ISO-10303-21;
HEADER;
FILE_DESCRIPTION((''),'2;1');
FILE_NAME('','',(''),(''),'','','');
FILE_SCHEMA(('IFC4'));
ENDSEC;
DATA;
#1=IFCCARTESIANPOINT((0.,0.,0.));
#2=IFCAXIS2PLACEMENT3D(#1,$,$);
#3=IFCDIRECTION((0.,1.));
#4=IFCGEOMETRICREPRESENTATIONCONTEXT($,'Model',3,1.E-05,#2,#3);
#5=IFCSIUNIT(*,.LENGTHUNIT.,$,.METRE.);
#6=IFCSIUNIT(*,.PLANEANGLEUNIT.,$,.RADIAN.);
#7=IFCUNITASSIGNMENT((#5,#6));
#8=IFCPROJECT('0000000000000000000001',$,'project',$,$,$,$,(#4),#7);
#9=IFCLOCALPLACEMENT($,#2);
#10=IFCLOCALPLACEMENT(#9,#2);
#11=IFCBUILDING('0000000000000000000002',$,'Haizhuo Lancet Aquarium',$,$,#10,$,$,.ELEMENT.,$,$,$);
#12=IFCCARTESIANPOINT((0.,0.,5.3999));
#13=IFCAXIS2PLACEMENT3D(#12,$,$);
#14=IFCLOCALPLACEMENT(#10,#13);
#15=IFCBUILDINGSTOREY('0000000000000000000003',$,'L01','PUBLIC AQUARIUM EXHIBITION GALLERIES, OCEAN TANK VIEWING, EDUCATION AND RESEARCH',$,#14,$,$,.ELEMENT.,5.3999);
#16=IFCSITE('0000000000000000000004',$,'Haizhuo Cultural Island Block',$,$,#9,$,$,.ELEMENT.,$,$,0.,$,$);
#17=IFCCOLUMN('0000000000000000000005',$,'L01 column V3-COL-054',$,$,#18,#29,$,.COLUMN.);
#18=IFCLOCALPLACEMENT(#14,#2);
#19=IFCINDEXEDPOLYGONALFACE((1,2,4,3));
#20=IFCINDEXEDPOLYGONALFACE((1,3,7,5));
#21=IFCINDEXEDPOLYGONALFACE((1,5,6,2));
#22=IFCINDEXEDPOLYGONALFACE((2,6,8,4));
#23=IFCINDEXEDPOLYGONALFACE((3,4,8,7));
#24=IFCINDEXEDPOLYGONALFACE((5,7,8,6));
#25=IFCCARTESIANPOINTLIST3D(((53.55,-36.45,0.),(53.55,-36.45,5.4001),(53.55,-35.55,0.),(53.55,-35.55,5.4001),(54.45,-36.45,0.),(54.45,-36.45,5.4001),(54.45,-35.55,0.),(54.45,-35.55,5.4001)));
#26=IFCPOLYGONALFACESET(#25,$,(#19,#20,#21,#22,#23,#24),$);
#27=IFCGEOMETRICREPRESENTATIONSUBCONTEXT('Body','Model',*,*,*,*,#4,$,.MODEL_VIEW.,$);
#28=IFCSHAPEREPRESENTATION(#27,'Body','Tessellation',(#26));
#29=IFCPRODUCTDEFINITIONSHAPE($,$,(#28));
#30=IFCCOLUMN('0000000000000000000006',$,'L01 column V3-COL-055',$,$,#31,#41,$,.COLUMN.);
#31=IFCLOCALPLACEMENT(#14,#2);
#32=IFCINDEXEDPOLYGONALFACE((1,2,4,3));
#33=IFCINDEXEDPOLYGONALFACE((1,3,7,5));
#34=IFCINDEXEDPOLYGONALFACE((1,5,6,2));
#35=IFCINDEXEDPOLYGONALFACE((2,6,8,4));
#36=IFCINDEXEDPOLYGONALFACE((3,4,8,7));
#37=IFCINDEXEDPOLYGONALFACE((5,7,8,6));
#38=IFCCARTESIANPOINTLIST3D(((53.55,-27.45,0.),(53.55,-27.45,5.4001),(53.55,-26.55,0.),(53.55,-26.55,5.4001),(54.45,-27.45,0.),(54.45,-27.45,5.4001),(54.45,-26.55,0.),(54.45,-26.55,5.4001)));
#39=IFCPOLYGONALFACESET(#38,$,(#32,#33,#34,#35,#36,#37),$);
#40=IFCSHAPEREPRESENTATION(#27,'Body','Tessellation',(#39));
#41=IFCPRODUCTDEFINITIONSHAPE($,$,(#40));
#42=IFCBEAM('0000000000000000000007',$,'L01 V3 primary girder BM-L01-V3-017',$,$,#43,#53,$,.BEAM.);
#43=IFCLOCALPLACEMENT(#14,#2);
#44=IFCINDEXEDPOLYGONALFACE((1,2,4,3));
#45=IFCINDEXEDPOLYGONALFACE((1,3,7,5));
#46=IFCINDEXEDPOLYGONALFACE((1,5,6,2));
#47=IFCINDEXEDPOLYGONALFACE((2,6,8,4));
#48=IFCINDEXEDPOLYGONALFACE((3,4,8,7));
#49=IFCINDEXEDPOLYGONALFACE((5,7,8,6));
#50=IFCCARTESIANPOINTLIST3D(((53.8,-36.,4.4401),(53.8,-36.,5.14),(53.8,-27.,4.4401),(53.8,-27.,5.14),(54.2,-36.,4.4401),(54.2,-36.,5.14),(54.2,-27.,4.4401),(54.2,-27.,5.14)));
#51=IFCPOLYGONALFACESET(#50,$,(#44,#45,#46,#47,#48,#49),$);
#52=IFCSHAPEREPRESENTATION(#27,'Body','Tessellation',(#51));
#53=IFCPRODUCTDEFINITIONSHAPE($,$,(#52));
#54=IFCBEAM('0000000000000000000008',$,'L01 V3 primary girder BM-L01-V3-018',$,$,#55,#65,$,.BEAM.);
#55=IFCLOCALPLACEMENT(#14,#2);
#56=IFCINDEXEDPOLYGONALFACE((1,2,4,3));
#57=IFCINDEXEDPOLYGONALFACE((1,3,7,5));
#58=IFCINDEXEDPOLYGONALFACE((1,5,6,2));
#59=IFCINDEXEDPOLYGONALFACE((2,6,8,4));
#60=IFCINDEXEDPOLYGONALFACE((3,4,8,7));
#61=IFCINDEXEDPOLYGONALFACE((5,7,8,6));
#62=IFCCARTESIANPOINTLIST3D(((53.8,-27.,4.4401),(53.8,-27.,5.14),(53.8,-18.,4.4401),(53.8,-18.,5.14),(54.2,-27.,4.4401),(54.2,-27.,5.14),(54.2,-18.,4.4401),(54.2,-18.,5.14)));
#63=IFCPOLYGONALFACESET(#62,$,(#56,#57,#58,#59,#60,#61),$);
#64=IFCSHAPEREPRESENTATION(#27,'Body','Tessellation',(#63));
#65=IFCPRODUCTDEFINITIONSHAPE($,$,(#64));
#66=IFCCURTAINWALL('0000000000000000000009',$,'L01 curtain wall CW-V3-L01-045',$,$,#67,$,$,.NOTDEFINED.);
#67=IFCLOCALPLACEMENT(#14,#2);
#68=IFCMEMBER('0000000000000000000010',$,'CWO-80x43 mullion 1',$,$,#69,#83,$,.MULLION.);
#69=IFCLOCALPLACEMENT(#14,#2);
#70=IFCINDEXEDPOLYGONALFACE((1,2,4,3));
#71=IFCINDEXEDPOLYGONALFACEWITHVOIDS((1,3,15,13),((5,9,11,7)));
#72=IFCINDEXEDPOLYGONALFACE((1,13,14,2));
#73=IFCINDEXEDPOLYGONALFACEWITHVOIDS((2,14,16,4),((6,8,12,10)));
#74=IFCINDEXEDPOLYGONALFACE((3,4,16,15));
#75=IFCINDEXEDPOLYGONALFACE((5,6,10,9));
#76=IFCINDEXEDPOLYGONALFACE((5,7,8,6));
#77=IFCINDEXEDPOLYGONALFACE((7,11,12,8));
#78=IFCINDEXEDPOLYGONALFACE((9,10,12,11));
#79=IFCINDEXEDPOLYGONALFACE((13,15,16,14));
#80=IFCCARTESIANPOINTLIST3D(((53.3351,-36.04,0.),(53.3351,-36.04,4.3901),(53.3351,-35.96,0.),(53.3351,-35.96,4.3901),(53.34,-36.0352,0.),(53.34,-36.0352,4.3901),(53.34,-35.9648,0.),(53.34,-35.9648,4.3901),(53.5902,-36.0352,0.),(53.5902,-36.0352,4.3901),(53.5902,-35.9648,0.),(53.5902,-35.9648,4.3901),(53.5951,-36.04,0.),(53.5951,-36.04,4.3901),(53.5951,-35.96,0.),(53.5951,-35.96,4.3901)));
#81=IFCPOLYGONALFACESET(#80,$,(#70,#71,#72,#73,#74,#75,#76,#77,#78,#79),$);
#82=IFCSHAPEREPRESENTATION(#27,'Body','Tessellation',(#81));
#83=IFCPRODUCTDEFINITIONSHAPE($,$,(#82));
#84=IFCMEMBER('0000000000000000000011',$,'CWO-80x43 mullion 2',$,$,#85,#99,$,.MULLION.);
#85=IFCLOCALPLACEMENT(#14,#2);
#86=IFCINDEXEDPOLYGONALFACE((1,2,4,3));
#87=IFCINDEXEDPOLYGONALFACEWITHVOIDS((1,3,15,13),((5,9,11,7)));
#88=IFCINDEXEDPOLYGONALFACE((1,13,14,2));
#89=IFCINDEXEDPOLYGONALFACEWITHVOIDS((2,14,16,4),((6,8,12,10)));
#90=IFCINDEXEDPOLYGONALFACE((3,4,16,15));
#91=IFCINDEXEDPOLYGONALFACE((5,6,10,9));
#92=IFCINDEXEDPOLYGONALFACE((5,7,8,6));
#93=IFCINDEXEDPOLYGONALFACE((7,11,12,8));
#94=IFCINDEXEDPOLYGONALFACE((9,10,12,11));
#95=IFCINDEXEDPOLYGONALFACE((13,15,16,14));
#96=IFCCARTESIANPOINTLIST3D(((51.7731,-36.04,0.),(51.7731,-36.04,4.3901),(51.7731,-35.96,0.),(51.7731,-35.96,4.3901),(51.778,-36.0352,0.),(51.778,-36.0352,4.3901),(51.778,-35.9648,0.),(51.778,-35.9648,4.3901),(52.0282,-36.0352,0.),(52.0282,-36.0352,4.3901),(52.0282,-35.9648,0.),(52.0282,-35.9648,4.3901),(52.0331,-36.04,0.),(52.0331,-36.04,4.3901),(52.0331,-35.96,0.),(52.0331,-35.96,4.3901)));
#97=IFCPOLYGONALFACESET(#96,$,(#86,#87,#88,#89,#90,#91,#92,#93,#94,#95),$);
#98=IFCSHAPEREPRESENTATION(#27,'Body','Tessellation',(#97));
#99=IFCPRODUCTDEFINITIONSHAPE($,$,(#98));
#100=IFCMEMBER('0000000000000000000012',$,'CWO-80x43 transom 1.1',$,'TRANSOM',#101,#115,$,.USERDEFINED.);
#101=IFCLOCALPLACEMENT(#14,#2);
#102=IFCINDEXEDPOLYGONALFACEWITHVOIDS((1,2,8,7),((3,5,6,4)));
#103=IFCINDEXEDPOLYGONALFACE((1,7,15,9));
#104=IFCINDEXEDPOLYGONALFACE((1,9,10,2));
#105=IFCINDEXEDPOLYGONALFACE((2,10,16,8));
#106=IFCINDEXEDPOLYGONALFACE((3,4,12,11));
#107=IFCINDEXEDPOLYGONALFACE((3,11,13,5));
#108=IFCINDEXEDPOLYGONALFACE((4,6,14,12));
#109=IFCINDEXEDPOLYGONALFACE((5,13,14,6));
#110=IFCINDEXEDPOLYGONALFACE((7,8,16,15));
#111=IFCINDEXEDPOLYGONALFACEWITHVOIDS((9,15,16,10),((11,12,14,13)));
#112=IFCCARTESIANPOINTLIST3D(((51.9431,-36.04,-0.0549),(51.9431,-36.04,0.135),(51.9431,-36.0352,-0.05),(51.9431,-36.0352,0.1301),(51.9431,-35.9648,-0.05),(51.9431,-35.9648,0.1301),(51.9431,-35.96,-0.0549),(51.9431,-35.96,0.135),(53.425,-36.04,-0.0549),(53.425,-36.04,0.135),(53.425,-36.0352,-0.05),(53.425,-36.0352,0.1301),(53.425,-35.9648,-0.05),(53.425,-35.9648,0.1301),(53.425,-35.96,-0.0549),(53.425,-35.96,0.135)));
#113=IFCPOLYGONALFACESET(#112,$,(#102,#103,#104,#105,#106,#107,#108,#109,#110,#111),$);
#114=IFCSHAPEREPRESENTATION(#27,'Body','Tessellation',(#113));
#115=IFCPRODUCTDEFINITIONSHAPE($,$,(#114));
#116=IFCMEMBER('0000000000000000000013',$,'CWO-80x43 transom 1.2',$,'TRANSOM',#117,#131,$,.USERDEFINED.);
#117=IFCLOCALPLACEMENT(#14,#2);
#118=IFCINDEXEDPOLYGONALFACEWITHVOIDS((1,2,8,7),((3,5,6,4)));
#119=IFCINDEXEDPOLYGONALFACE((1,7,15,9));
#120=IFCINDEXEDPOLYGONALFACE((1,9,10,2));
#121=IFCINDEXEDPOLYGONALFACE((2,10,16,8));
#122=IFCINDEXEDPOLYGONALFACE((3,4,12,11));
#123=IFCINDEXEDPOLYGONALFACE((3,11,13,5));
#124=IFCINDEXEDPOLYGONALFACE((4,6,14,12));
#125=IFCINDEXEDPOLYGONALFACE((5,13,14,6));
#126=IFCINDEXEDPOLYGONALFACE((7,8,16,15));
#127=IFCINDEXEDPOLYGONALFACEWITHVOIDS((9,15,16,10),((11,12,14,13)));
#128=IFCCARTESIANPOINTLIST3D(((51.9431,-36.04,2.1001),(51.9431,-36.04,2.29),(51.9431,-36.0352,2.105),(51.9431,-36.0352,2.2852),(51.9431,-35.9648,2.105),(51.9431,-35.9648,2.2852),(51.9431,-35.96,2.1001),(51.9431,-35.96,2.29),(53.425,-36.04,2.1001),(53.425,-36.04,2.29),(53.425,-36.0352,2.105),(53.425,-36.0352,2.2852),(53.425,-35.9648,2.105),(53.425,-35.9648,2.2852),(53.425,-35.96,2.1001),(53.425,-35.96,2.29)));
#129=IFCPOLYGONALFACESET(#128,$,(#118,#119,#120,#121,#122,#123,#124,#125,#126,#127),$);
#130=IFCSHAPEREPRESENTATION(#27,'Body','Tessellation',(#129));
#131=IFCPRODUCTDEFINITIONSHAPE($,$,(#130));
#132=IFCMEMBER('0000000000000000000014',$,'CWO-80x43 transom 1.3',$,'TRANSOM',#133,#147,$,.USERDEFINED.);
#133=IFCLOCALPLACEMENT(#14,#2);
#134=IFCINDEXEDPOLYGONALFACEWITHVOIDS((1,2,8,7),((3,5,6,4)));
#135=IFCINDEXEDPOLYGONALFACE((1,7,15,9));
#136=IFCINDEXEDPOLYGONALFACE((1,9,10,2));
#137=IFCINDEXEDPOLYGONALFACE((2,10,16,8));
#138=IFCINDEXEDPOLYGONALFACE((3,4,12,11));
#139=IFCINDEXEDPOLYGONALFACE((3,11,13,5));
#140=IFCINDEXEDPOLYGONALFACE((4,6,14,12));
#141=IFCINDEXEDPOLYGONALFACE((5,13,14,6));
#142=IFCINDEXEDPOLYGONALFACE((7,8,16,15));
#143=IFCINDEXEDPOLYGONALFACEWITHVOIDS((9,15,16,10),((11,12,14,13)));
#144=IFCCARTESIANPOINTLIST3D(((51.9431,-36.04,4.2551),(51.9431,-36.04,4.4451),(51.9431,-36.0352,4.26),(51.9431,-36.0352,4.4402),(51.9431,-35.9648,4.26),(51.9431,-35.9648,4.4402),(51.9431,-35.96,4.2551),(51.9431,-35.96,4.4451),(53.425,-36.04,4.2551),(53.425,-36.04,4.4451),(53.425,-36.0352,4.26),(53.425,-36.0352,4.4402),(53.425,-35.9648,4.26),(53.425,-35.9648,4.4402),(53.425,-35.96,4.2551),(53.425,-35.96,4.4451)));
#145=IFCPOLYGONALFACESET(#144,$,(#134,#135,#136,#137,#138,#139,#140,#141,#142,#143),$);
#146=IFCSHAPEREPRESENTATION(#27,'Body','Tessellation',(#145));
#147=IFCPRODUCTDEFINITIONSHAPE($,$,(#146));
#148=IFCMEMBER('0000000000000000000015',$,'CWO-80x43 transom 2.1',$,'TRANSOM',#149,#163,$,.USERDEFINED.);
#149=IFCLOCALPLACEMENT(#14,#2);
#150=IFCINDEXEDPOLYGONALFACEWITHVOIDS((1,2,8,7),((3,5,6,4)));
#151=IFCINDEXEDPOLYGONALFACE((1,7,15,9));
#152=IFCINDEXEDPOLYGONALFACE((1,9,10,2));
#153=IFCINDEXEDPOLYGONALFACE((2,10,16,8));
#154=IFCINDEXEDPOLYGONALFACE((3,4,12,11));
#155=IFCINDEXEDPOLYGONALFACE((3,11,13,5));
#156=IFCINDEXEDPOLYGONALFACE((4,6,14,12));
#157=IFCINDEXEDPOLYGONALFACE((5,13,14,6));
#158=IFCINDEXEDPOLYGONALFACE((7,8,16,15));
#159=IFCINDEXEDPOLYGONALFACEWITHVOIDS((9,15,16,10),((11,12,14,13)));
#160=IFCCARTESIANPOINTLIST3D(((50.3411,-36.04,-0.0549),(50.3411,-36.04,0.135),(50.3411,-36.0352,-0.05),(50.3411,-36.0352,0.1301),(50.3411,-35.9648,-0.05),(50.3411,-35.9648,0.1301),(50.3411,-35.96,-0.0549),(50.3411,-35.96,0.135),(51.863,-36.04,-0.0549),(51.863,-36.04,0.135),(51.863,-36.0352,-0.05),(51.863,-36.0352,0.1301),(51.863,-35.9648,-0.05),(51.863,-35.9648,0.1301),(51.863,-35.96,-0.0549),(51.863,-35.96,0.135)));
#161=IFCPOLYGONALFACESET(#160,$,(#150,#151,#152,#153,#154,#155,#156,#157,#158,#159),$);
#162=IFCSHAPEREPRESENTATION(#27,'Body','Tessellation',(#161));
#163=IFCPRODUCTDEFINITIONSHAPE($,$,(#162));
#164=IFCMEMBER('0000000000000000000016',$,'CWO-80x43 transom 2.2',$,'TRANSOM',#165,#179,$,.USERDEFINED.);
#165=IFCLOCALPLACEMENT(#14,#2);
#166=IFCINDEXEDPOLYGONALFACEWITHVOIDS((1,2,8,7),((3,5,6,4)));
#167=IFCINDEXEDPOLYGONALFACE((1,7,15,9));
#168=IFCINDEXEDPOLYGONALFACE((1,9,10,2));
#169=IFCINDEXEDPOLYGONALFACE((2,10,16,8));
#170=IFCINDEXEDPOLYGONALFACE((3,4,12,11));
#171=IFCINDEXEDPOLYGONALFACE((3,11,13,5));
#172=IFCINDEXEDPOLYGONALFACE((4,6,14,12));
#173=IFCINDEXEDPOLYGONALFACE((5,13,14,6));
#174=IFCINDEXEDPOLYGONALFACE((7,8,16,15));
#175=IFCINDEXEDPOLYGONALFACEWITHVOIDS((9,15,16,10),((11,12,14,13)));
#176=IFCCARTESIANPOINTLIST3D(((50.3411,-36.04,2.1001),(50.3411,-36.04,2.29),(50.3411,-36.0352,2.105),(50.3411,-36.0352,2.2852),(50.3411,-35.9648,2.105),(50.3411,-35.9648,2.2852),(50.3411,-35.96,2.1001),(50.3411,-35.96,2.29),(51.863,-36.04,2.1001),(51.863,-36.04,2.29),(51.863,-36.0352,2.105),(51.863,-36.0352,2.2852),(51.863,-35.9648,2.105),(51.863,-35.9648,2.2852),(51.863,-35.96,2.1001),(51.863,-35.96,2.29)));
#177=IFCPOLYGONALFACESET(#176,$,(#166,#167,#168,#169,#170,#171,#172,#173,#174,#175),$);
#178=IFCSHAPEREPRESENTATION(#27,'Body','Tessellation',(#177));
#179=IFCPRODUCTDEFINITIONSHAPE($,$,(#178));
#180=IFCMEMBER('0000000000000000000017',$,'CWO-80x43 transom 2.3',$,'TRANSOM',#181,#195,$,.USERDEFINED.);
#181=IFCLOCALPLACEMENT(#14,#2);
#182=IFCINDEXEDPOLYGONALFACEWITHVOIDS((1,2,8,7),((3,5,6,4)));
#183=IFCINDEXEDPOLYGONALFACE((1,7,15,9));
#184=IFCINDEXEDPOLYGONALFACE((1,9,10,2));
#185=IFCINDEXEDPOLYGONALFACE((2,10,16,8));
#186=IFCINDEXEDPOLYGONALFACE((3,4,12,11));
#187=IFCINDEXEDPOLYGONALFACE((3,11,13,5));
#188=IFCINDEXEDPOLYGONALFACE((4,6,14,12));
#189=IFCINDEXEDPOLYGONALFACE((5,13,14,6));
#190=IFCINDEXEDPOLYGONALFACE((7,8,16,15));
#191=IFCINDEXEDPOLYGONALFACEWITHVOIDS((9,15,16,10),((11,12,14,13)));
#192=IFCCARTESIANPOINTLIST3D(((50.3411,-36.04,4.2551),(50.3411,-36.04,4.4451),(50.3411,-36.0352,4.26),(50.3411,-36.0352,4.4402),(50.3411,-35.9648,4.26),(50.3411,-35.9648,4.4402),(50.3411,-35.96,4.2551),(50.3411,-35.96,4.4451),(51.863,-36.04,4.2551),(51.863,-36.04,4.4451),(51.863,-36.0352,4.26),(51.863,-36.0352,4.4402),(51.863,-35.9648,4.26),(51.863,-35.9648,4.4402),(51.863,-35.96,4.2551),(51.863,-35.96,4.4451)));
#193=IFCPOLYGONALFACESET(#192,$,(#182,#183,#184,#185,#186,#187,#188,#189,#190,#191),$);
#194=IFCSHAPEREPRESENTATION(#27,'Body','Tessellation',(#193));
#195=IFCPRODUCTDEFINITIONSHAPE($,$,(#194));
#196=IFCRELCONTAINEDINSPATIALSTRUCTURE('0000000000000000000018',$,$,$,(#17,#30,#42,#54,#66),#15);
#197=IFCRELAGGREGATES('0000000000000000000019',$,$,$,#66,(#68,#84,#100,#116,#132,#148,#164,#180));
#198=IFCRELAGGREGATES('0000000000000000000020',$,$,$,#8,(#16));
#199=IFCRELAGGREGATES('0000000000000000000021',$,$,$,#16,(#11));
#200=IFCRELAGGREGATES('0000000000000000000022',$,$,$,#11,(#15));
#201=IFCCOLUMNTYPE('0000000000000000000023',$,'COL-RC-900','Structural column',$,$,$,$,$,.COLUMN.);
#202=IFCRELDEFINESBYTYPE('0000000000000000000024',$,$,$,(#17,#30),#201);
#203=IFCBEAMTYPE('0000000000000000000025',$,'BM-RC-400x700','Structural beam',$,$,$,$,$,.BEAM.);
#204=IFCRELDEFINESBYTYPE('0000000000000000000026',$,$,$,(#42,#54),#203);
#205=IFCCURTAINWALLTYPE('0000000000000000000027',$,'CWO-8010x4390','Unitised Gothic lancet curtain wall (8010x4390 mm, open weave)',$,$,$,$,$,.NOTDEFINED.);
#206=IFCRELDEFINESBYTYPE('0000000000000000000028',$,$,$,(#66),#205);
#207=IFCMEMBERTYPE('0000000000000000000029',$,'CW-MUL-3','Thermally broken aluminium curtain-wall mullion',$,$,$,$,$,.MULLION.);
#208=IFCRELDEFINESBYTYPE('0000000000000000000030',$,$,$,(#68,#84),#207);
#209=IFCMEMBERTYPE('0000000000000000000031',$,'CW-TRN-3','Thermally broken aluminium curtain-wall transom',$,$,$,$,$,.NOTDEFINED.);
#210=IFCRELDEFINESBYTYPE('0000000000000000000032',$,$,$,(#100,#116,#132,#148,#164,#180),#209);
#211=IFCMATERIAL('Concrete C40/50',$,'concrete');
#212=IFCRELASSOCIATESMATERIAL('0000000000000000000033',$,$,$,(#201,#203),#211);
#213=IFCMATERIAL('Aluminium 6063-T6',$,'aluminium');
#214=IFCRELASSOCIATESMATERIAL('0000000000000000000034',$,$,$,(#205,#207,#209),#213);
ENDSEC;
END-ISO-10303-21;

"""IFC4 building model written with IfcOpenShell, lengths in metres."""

from ifc_helpers import new_model, si_unit, direction, frame, origin, origin_2d, place, context, subcontext, project, spatial, rectangle, hollow_rectangle, extrude, material, material_profile, profile_set, type_object, element, aggregate, save


model = new_model("IFC4")

# Units and contexts
model_context = context("Model", 3, precision=1e-05, world=origin(), true_north=direction((0.0, 1.0)))
body_context = subcontext(model_context, "Body", "Model", "MODEL_VIEW")
ifc_project = project(units=[si_unit("LENGTHUNIT", "METRE"), si_unit("PLANEANGLEUNIT", "RADIAN")], contexts=[model_context])

# Site, building, storey
site_placement = place(None, origin())
site = spatial("IfcSite", under=ifc_project, at=site_placement, Name="Haizhuo Cultural Island Block", CompositionType="ELEMENT", RefElevation=0.0)
building_placement = place(site_placement, origin())
building = spatial("IfcBuilding", under=site, at=building_placement, Name="Haizhuo Lancet Aquarium", CompositionType="ELEMENT")
storey_placement = place(building_placement, frame((0.0, 0.0, 5.3999)))
storey = spatial("IfcBuildingStorey", under=building, at=storey_placement, Name="L01", Description="PUBLIC AQUARIUM EXHIBITION GALLERIES, OCEAN TANK VIEWING, EDUCATION AND RESEARCH", CompositionType="ELEMENT", Elevation=5.3999)

# Columns
ifc_material_1 = material(Name="Concrete C40/50", Category="concrete")
ifc_material_profile_1 = material_profile(ifc_material_1, rectangle(XDim=0.8999, YDim=0.8999, at=origin_2d()), Name="RC-COL 900x900")
ifc_profile_set_1 = profile_set([ifc_material_profile_1], Name="Concrete C40/50")
column_type = type_object("IfcColumnType", Name="COL-RC-900", Description="Structural column", PredefinedType="COLUMN", material=ifc_profile_set_1)
for number, where, z_axis, x_axis, name in (
    (1, (54.0, -36.0, 0.0), (0.0, 0.0, 1.0), (1.0, 0.0, 0.0), "L01 column V3-COL-054"),
    (2, (54.0, -27.0, 0.0), (0.0, 0.0, 1.0), (1.0, 0.0, 0.0), "L01 column V3-COL-055"),
):
    element("IfcColumn", number, at=place(storey_placement, frame(where, z_axis=z_axis, x_axis=x_axis)), inside=storey, type_object=column_type, Name=name, PredefinedType="COLUMN", context=body_context, shape_type="SweptSolid", body=[
        extrude(rectangle(XDim=0.8999, YDim=0.8999, at=origin_2d()), origin(), (0.0, 0.0, 1.0), 5.4001),
    ])

# Beams
ifc_material_profile_2 = material_profile(ifc_material_1, rectangle(XDim=0.3999, YDim=0.7, at=origin_2d()), Name="RC-BM 400x700")
ifc_profile_set_2 = profile_set([ifc_material_profile_2], Name="Concrete C40/50")
beam_type = type_object("IfcBeamType", Name="BM-RC-400x700", Description="Structural beam", PredefinedType="BEAM", material=ifc_profile_set_2)
for number, where, z_axis, x_axis, name in (
    (3, (54.0, -36.0, 4.79), (0.0, 1.0, 0.0), (-1.0, 0.0, 0.0), "L01 V3 primary girder BM-L01-V3-017"),
    (4, (54.0, -27.0, 4.79), (0.0, 1.0, 0.0), (-1.0, 0.0, 0.0), "L01 V3 primary girder BM-L01-V3-018"),
):
    element("IfcBeam", number, at=place(storey_placement, frame(where, z_axis=z_axis, x_axis=x_axis)), inside=storey, type_object=beam_type, Name=name, PredefinedType="BEAM", context=body_context, shape_type="SweptSolid", body=[
        extrude(rectangle(XDim=0.3999, YDim=0.7, at=origin_2d()), origin(), (0.0, 0.0, 1.0), 9.0),
    ])

# Curtain wall, members
ifc_material_2 = material(Name="Aluminium 6063-T6", Category="aluminium")
curtain_wall_type = type_object("IfcCurtainWallType", Name="CWO-8010x4390", Description="Unitised Gothic lancet curtain wall (8010x4390 mm, open weave)", PredefinedType="NOTDEFINED", material=ifc_material_2)
curtain_wall_placement = place(storey_placement, origin())
curtain_wall = element("IfcCurtainWall", 5, at=curtain_wall_placement, inside=storey, type_object=curtain_wall_type, Name="L01 curtain wall CW-V3-L01-045", PredefinedType="NOTDEFINED")
ifc_material_profile_3 = material_profile(ifc_material_2, hollow_rectangle(XDim=0.0801, YDim=0.26, WallThickness=0.0049, at=origin_2d()), Name="ALU-M 80x260x5")
ifc_profile_set_3 = profile_set([ifc_material_profile_3], Name="Aluminium 6063-T6")
member_type_1 = type_object("IfcMemberType", Name="CW-MUL-3", Description="Thermally broken aluminium curtain-wall mullion", PredefinedType="MULLION", material=ifc_profile_set_3)
member_1_placement = place(storey_placement, frame((53.4651, -36.0, 0.0), z_axis=(0.0, 0.0, 1.0), x_axis=(0.0, -1.0, 0.0)))
member_1 = element("IfcMember", 6, at=member_1_placement, type_object=member_type_1, Name="CWO-80x43 mullion 1", PredefinedType="MULLION", context=body_context, shape_type="SweptSolid", body=[
    extrude(hollow_rectangle(XDim=0.0801, YDim=0.26, WallThickness=0.0049, at=origin_2d()), origin(), (0.0, 0.0, 1.0), 4.3901),
])
member_2_placement = place(storey_placement, frame((51.9031, -36.0, 0.0), z_axis=(0.0, 0.0, 1.0), x_axis=(0.0, -1.0, 0.0)))
member_2 = element("IfcMember", 7, at=member_2_placement, type_object=member_type_1, Name="CWO-80x43 mullion 2", PredefinedType="MULLION", context=body_context, shape_type="SweptSolid", body=[
    extrude(hollow_rectangle(XDim=0.0801, YDim=0.26, WallThickness=0.0049, at=origin_2d()), origin(), (0.0, 0.0, 1.0), 4.3901),
])
ifc_material_profile_4 = material_profile(ifc_material_2, hollow_rectangle(XDim=0.0801, YDim=0.1899, WallThickness=0.0049, at=origin_2d()), Name="ALU-T 80x190x5")
ifc_profile_set_4 = profile_set([ifc_material_profile_4], Name="Aluminium 6063-T6")
member_type_2 = type_object("IfcMemberType", Name="CW-TRN-3", Description="Thermally broken aluminium curtain-wall transom", PredefinedType="NOTDEFINED", material=ifc_profile_set_4)
member_3_placement = place(storey_placement, frame((53.425, -36.0, 0.04), z_axis=(-1.0, 0.0, 0.0), x_axis=(0.0, -1.0, 0.0)))
member_3 = element("IfcMember", 8, at=member_3_placement, type_object=member_type_2, Name="CWO-80x43 transom 1.1", ObjectType="TRANSOM", PredefinedType="USERDEFINED", context=body_context, shape_type="SweptSolid", body=[
    extrude(hollow_rectangle(XDim=0.0801, YDim=0.1899, WallThickness=0.0049, at=origin_2d()), origin(), (0.0, 0.0, 1.0), 1.4819),
])
member_4_placement = place(storey_placement, frame((53.425, -36.0, 2.1951), z_axis=(-1.0, 0.0, 0.0), x_axis=(0.0, -1.0, 0.0)))
member_4 = element("IfcMember", 9, at=member_4_placement, type_object=member_type_2, Name="CWO-80x43 transom 1.2", ObjectType="TRANSOM", PredefinedType="USERDEFINED", context=body_context, shape_type="SweptSolid", body=[
    extrude(hollow_rectangle(XDim=0.0801, YDim=0.1899, WallThickness=0.0049, at=origin_2d()), origin(), (0.0, 0.0, 1.0), 1.4819),
])
member_5_placement = place(storey_placement, frame((53.425, -36.0, 4.3501), z_axis=(-1.0, 0.0, 0.0), x_axis=(0.0, -1.0, 0.0)))
member_5 = element("IfcMember", 10, at=member_5_placement, type_object=member_type_2, Name="CWO-80x43 transom 1.3", ObjectType="TRANSOM", PredefinedType="USERDEFINED", context=body_context, shape_type="SweptSolid", body=[
    extrude(hollow_rectangle(XDim=0.0801, YDim=0.1899, WallThickness=0.0049, at=origin_2d()), origin(), (0.0, 0.0, 1.0), 1.4819),
])
member_6_placement = place(storey_placement, frame((51.863, -36.0, 0.04), z_axis=(-1.0, 0.0, 0.0), x_axis=(0.0, -1.0, 0.0)))
member_6 = element("IfcMember", 11, at=member_6_placement, type_object=member_type_2, Name="CWO-80x43 transom 2.1", ObjectType="TRANSOM", PredefinedType="USERDEFINED", context=body_context, shape_type="SweptSolid", body=[
    extrude(hollow_rectangle(XDim=0.0801, YDim=0.1899, WallThickness=0.0049, at=origin_2d()), origin(), (0.0, 0.0, 1.0), 1.522),
])
member_7_placement = place(storey_placement, frame((51.863, -36.0, 2.1951), z_axis=(-1.0, 0.0, 0.0), x_axis=(0.0, -1.0, 0.0)))
member_7 = element("IfcMember", 12, at=member_7_placement, type_object=member_type_2, Name="CWO-80x43 transom 2.2", ObjectType="TRANSOM", PredefinedType="USERDEFINED", context=body_context, shape_type="SweptSolid", body=[
    extrude(hollow_rectangle(XDim=0.0801, YDim=0.1899, WallThickness=0.0049, at=origin_2d()), origin(), (0.0, 0.0, 1.0), 1.522),
])
member_8_placement = place(storey_placement, frame((51.863, -36.0, 4.3501), z_axis=(-1.0, 0.0, 0.0), x_axis=(0.0, -1.0, 0.0)))
member_8 = element("IfcMember", 13, at=member_8_placement, type_object=member_type_2, Name="CWO-80x43 transom 2.3", ObjectType="TRANSOM", PredefinedType="USERDEFINED", context=body_context, shape_type="SweptSolid", body=[
    extrude(hollow_rectangle(XDim=0.0801, YDim=0.1899, WallThickness=0.0049, at=origin_2d()), origin(), (0.0, 0.0, 1.0), 1.522),
])

aggregate(curtain_wall, [member_1, member_2, member_3, member_4, member_5, member_6, member_7, member_8])

save(model, "model.ifc")
